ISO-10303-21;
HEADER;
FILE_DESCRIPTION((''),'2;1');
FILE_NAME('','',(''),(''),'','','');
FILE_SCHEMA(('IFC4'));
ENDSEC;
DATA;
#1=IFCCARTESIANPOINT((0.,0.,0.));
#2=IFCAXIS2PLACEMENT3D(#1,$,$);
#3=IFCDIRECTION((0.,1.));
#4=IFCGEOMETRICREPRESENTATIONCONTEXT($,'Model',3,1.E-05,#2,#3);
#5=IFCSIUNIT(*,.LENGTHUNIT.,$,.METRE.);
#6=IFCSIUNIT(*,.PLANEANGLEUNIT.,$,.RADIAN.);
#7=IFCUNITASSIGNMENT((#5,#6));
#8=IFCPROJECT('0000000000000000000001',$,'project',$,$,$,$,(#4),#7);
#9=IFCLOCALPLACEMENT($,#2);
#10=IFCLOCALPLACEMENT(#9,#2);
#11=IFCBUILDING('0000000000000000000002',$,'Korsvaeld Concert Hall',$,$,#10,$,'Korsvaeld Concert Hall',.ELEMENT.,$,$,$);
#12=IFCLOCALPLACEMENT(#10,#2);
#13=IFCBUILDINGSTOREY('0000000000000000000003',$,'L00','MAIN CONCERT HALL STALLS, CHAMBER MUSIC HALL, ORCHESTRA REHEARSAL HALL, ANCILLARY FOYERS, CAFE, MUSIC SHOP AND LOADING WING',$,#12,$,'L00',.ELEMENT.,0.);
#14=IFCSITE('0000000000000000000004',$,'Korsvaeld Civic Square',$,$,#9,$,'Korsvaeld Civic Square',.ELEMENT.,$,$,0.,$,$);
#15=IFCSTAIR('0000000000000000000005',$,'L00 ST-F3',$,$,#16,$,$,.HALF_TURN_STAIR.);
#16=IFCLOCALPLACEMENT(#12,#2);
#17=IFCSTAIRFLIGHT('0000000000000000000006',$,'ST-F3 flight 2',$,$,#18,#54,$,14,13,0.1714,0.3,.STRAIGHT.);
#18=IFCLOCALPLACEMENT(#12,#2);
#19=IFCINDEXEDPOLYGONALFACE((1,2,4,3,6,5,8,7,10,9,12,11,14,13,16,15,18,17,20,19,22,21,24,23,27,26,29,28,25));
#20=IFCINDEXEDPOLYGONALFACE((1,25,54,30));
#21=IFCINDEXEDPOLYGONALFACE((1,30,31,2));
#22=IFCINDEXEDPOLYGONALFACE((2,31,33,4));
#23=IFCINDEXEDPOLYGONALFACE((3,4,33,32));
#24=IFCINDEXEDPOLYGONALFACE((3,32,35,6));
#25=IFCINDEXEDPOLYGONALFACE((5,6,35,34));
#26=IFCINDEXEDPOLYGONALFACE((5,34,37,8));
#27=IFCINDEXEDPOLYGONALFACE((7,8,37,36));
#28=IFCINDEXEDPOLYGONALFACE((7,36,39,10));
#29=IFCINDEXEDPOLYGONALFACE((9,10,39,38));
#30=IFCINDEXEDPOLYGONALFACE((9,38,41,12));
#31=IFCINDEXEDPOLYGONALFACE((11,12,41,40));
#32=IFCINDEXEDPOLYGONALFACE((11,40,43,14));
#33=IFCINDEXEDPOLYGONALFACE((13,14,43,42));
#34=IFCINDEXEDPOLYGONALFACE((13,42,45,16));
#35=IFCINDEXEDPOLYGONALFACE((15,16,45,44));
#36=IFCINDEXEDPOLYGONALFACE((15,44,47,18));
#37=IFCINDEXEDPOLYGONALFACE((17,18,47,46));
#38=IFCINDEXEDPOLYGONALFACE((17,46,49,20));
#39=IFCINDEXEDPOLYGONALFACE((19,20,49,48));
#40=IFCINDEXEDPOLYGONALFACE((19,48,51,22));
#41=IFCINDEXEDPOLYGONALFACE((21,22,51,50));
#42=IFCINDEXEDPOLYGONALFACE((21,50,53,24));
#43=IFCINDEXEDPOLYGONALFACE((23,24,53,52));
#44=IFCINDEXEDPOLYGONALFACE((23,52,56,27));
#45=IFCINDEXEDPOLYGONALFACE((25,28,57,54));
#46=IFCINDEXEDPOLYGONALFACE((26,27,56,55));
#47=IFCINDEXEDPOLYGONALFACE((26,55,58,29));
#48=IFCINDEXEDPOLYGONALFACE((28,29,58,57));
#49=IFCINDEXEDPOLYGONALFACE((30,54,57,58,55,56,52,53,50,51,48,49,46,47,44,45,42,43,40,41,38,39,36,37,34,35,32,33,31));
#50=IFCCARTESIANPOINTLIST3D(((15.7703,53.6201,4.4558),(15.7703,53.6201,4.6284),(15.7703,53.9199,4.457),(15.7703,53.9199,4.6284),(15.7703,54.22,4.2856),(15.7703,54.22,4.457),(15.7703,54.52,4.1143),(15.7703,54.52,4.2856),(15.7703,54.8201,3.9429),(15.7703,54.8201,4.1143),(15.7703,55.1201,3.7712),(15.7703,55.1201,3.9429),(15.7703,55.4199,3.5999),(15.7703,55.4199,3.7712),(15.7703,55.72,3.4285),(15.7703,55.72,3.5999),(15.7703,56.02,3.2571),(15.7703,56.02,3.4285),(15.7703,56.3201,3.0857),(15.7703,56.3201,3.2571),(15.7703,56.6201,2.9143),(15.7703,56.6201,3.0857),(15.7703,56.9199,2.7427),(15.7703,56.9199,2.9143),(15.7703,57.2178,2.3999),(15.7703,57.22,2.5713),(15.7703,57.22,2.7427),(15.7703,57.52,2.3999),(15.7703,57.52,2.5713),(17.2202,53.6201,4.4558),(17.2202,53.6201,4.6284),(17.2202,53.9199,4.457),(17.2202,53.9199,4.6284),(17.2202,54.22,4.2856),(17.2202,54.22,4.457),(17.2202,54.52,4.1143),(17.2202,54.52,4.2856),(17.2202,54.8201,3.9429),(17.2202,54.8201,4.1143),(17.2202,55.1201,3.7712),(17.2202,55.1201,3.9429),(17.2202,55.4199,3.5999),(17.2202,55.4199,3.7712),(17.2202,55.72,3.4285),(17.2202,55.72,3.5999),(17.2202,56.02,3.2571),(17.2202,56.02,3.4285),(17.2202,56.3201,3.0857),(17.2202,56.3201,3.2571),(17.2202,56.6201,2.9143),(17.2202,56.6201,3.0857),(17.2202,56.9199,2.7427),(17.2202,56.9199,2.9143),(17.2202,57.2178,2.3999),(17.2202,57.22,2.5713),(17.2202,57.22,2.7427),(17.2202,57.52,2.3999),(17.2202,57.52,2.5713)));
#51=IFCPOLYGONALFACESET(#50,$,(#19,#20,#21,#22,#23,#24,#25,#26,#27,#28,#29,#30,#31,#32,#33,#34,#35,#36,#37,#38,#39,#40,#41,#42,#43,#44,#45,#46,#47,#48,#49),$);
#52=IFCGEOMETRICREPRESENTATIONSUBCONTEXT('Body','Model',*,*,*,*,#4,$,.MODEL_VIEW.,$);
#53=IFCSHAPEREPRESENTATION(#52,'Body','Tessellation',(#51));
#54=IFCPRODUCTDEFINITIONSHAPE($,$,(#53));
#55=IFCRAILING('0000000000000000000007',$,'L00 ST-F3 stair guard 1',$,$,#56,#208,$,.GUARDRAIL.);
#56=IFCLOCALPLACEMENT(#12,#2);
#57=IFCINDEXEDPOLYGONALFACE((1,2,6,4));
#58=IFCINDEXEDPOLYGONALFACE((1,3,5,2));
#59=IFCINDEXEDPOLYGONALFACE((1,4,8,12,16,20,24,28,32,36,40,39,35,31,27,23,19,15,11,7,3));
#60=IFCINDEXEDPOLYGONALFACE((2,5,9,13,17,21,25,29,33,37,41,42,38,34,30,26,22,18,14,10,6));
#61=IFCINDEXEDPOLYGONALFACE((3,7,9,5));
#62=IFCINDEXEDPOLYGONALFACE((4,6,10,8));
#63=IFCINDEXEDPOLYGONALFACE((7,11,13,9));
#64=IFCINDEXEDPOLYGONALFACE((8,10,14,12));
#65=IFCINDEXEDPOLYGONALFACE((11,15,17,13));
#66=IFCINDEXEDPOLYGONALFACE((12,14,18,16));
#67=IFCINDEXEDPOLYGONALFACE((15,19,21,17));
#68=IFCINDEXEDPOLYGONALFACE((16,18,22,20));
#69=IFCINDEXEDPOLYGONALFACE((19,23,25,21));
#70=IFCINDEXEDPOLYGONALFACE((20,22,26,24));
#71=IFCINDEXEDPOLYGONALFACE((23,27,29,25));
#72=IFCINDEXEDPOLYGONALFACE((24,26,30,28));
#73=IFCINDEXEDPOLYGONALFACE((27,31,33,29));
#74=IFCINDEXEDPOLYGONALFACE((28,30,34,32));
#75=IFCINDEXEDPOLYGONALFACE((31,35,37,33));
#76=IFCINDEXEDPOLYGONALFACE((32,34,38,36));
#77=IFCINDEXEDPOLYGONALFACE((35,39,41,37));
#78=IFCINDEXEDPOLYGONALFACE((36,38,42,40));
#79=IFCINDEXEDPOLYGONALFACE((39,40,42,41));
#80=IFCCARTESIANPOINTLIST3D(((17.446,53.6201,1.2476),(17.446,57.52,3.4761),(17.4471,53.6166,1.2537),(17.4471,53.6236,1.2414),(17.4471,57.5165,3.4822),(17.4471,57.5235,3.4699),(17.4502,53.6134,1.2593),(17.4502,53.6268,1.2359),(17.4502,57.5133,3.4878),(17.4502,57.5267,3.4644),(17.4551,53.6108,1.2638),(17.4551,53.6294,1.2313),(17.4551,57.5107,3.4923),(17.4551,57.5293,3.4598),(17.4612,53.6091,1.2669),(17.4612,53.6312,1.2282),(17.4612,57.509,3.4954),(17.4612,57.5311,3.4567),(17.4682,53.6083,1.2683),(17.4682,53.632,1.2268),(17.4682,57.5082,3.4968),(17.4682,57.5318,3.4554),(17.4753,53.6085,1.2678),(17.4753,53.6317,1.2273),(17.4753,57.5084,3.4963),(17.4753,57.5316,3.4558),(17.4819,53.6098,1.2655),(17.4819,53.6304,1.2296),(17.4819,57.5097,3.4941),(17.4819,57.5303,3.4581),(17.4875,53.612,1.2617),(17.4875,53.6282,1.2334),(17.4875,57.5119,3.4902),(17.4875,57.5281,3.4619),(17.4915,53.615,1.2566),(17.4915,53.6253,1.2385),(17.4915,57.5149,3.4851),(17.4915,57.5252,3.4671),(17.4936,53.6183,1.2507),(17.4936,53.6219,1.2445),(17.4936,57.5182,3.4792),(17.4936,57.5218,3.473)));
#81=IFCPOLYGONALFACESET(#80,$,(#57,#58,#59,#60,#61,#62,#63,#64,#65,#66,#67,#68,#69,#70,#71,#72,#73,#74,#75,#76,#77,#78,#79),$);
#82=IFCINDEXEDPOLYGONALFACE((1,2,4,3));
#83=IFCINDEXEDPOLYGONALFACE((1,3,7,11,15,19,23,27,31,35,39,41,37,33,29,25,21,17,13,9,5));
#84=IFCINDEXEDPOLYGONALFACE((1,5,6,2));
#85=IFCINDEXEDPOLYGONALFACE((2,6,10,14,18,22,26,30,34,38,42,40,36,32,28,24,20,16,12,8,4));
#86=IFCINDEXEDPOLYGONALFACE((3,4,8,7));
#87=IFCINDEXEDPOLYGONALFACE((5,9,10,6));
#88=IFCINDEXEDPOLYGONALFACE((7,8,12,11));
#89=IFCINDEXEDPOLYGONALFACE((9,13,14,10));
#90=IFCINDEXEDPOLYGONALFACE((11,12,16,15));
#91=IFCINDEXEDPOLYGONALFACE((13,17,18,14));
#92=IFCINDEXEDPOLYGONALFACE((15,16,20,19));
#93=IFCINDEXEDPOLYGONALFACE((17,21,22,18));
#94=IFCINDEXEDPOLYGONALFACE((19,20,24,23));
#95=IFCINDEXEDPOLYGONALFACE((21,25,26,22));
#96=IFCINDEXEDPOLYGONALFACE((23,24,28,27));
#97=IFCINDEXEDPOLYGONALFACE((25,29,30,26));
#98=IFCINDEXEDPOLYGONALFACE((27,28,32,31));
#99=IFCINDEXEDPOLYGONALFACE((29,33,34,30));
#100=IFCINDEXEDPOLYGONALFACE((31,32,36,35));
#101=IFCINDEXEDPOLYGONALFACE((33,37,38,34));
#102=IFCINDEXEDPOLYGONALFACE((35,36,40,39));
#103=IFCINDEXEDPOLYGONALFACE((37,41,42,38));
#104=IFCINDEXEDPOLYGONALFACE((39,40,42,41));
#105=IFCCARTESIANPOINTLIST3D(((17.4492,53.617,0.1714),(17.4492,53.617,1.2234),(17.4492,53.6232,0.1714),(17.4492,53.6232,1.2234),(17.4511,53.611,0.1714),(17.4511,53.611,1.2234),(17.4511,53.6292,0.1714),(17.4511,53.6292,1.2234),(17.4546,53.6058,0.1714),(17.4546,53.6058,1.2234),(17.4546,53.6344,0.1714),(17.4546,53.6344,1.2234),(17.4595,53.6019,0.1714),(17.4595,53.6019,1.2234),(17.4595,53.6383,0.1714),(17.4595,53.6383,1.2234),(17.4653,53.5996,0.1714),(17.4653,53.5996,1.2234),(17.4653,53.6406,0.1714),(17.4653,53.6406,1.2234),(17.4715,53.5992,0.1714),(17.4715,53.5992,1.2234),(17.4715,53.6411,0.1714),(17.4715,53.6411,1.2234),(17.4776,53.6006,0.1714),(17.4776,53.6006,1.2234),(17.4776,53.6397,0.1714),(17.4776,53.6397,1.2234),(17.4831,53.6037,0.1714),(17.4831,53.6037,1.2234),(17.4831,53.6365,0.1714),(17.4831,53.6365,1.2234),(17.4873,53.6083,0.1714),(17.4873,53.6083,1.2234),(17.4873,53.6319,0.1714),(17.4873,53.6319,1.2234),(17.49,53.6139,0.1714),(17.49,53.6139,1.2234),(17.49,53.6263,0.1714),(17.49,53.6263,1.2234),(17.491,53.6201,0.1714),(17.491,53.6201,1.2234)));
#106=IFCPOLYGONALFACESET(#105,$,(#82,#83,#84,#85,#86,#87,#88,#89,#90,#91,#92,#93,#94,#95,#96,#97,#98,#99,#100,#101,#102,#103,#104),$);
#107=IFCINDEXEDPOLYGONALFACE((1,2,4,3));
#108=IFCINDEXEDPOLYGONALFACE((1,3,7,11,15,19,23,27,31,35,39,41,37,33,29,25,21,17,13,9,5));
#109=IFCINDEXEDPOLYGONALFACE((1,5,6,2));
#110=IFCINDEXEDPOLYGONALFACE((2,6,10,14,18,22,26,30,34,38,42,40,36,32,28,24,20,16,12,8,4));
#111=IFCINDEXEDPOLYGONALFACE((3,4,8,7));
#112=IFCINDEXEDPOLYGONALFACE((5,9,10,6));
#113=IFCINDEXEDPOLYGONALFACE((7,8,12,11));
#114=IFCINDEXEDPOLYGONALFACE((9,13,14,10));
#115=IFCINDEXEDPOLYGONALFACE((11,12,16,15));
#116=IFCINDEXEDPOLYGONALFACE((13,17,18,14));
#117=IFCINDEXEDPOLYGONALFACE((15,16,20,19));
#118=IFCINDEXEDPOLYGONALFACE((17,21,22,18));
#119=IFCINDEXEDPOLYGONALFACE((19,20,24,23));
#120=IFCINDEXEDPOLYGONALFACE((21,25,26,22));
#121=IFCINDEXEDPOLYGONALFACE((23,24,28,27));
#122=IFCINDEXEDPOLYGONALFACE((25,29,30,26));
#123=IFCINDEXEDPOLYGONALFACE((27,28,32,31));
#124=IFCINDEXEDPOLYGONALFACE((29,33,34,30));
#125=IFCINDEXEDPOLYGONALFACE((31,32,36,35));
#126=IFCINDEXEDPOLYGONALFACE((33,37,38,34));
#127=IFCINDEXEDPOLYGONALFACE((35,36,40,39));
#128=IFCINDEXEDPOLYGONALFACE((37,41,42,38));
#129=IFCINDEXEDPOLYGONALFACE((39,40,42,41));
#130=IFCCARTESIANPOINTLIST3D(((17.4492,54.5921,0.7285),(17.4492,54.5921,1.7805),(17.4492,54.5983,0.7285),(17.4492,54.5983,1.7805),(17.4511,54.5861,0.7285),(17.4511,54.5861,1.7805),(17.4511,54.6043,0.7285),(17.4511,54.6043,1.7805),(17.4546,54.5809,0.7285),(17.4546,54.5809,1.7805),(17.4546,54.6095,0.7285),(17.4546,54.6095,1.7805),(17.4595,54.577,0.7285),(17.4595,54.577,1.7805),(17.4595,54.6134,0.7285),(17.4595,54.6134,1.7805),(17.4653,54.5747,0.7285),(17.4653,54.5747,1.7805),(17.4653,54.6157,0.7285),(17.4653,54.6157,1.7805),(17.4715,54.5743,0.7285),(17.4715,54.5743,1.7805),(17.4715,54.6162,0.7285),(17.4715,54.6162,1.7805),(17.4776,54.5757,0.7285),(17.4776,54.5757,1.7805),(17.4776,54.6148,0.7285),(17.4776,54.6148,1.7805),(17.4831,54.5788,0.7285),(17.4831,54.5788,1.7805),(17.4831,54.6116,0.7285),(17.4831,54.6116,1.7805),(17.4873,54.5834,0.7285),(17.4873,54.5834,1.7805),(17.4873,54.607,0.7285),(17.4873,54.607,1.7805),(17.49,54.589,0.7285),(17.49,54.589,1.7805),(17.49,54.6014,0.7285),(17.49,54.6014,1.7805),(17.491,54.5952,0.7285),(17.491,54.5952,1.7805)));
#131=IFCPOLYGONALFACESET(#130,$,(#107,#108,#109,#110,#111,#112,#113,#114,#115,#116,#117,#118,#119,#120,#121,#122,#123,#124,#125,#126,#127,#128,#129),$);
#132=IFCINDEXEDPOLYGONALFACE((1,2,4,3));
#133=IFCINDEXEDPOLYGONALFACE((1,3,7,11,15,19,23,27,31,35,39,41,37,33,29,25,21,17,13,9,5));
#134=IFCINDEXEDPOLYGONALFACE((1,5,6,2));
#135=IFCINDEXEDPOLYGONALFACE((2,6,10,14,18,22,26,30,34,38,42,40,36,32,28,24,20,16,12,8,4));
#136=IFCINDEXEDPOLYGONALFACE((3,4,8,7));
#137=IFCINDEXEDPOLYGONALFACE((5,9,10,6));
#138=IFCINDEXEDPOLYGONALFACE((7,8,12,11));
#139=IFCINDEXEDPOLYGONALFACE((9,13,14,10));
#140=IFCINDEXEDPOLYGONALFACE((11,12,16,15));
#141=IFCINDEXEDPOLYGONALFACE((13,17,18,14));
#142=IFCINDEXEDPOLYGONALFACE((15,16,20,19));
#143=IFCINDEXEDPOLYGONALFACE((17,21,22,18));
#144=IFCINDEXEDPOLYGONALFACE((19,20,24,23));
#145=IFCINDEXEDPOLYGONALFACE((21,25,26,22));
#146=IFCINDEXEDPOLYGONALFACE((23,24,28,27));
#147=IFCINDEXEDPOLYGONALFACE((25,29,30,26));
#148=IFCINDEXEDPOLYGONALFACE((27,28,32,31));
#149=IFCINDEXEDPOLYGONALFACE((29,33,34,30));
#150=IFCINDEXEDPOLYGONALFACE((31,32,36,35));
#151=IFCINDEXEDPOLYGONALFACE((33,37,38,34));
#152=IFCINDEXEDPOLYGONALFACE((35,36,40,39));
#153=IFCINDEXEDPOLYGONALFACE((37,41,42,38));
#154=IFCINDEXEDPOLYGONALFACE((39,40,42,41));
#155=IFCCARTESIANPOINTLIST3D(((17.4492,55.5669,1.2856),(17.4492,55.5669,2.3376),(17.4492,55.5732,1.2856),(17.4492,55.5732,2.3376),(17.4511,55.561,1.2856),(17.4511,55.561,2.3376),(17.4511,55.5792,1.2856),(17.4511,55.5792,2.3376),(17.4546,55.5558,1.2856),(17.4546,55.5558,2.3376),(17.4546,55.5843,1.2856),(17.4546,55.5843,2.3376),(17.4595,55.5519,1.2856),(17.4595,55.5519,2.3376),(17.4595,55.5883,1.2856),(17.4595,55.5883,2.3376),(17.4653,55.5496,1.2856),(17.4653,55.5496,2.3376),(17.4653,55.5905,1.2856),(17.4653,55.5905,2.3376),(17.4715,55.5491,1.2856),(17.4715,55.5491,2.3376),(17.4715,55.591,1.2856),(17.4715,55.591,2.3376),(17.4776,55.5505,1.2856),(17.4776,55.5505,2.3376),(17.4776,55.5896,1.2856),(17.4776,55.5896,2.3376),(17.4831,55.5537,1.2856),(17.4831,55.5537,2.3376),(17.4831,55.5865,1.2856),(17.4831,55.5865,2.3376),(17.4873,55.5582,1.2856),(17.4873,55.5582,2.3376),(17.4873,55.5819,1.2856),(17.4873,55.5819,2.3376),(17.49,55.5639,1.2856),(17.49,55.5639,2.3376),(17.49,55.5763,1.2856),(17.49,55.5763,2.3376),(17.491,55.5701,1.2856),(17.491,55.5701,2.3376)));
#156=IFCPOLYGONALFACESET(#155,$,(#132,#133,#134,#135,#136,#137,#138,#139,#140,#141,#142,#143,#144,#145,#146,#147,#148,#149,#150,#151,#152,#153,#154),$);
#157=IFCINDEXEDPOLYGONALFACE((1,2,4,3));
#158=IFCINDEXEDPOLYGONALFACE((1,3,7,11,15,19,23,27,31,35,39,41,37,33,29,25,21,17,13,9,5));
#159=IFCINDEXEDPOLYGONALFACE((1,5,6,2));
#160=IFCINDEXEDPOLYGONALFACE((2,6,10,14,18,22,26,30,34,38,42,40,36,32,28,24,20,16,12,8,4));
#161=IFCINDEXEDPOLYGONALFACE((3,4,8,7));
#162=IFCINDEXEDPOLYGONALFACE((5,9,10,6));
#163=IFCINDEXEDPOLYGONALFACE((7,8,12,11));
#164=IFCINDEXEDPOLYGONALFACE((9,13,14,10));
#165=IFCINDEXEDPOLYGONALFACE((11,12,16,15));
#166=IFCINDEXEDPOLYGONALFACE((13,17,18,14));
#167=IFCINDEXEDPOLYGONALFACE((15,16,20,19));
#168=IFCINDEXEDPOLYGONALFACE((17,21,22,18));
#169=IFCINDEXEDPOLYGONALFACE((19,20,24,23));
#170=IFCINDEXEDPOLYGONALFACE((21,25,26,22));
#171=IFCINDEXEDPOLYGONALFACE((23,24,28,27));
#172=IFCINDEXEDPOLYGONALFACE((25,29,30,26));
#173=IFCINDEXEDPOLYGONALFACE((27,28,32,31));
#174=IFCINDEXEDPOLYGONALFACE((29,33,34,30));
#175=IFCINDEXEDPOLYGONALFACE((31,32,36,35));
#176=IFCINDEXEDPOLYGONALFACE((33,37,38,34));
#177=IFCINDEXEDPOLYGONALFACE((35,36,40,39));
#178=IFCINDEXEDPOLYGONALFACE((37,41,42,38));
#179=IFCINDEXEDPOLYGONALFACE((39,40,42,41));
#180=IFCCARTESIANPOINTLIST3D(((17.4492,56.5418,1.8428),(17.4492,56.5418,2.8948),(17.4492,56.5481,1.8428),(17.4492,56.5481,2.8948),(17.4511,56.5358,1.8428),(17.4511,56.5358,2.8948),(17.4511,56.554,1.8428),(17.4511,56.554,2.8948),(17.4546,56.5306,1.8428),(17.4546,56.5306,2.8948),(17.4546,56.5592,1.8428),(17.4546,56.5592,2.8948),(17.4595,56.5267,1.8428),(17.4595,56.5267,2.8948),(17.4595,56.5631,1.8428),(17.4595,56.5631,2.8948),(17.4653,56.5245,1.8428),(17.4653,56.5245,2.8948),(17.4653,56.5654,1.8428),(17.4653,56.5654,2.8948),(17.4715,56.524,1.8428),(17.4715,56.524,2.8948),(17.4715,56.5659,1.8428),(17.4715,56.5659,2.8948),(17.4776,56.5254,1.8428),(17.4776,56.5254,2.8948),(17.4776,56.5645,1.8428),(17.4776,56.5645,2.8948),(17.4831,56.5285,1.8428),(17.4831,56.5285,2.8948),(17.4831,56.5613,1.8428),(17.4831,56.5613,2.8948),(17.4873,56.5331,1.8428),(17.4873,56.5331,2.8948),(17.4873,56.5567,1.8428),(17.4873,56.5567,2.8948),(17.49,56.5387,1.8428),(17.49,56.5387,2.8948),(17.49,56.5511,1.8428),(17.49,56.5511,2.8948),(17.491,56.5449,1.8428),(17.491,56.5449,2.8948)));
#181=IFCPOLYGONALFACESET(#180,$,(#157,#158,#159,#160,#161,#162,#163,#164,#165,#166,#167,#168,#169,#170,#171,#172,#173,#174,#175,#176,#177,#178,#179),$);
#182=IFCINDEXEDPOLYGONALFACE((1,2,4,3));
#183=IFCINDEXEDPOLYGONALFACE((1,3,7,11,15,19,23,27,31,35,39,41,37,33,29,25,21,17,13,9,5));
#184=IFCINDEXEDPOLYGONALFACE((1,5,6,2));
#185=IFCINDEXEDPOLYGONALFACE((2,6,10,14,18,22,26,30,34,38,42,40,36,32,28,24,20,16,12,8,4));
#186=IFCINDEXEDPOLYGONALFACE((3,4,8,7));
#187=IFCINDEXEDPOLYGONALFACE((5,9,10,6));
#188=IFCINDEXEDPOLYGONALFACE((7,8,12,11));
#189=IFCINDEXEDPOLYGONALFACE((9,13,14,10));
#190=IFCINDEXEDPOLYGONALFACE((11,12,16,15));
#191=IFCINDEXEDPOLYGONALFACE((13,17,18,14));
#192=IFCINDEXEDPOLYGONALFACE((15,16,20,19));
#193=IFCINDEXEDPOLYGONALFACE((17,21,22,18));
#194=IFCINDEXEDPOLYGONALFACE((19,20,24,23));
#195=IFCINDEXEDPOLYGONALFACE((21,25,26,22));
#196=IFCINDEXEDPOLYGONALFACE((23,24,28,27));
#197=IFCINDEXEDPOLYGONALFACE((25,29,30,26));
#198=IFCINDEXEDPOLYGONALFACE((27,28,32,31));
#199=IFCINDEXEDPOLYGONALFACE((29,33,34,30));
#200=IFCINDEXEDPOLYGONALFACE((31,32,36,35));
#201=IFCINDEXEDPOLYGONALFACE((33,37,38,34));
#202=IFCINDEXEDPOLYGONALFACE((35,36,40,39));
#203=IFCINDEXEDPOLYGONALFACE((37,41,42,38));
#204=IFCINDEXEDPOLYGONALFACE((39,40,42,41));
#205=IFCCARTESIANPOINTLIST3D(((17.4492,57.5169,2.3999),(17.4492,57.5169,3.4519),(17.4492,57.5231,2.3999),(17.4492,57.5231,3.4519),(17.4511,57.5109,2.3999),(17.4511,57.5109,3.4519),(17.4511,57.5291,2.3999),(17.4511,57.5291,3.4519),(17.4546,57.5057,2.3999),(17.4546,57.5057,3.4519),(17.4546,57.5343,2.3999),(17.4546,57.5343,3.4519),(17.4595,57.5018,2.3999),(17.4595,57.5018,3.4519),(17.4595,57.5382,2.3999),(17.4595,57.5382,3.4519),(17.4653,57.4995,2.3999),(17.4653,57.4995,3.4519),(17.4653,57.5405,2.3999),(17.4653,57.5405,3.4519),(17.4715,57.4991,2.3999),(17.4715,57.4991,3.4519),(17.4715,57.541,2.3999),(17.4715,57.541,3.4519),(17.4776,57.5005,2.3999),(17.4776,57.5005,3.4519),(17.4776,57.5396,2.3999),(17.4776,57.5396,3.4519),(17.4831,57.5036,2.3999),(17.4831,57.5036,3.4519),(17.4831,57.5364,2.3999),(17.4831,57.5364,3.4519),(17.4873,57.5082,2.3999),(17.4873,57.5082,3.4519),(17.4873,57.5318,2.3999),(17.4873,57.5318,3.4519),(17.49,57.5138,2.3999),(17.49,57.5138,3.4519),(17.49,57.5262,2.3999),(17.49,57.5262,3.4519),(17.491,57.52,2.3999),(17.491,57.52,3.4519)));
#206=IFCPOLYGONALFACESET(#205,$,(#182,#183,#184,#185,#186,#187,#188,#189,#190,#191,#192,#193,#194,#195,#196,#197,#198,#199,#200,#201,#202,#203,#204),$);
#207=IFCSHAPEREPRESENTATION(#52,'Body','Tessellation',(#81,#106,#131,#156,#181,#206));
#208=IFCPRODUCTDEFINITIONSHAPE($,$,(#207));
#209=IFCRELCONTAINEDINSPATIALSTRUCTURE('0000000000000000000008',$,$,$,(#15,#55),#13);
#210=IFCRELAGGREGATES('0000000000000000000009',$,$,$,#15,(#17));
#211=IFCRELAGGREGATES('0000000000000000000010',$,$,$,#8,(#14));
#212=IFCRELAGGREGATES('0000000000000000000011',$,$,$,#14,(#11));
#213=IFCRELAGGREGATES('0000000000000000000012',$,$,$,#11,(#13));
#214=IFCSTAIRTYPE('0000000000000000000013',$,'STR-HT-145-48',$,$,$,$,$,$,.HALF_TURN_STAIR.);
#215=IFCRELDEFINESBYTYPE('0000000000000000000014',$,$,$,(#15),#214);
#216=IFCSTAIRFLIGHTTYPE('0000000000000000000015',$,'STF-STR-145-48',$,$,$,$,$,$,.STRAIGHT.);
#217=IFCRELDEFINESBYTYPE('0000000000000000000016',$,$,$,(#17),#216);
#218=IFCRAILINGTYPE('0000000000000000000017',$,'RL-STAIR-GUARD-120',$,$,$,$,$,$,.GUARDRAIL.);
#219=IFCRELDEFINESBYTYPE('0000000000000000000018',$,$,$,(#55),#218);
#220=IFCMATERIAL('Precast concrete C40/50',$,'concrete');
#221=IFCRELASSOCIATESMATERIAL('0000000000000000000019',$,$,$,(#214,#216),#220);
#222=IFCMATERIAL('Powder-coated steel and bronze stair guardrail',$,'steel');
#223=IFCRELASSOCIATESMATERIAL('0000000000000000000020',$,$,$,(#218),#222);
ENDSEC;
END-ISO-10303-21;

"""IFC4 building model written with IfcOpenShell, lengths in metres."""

from ifc_helpers import new_model, si_unit, direction, frame, origin, origin_2d, place, context, subcontext, project, spatial, polyline, circle, outline, extrude, material, type_object, element, aggregate, save


model = new_model("IFC4")

# Units and contexts
model_context = context("Model", 3, precision=1e-05, world=origin(), true_north=direction((0.0, 1.0)))
body_context = subcontext(model_context, "Body", "Model", "MODEL_VIEW")
ifc_project = project(units=[si_unit("LENGTHUNIT", "METRE"), si_unit("PLANEANGLEUNIT", "RADIAN")], contexts=[model_context])

# Site, building, storey
site_placement = place(None, origin())
site = spatial("IfcSite", under=ifc_project, at=site_placement, Name="Korsvaeld Civic Square", LongName="Korsvaeld Civic Square", CompositionType="ELEMENT", RefElevation=0.0)
building_placement = place(site_placement, origin())
building = spatial("IfcBuilding", under=site, at=building_placement, Name="Korsvaeld Concert Hall", LongName="Korsvaeld Concert Hall", CompositionType="ELEMENT")
storey_placement = place(building_placement, origin())
storey = spatial("IfcBuildingStorey", under=building, at=storey_placement, Name="L00", Description="MAIN CONCERT HALL STALLS, CHAMBER MUSIC HALL, ORCHESTRA REHEARSAL HALL, ANCILLARY FOYERS, CAFE, MUSIC SHOP AND LOADING WING", LongName="L00", CompositionType="ELEMENT", Elevation=0.0)

# Stair, stair flight
ifc_material_1 = material(Name="Precast concrete C40/50", Category="concrete")
stair_type = type_object("IfcStairType", Name="STR-HT-145-48", PredefinedType="HALF_TURN_STAIR", material=ifc_material_1)
stair_placement = place(storey_placement, origin())
stair = element("IfcStair", 1, at=stair_placement, inside=storey, type_object=stair_type, Name="L00 ST-F3", PredefinedType="HALF_TURN_STAIR")
stair_flight_type = type_object("IfcStairFlightType", Name="STF-STR-145-48", PredefinedType="STRAIGHT", material=ifc_material_1)
stair_flight_placement = place(storey_placement, frame((16.4951, 57.52, 2.3999), z_axis=(0.0, 0.0, 1.0), x_axis=(0.0, -1.0, 0.0)))
stair_flight = element("IfcStairFlight", 2, at=stair_flight_placement, type_object=stair_flight_type, Name="ST-F3 flight 2", NumberOfRisers=14, NumberOfTreads=13, PredefinedType="STRAIGHT", RiserHeight=0.1714, TreadLength=0.3, context=body_context, shape_type="SweptSolid", body=[
    extrude(outline(polyline([(0.0, 0.0), (0.0, 0.1714), (0.3, 0.1714), (0.3, 0.3428), (0.6001, 0.3428), (0.6001, 0.5144), (0.8999, 0.5144), (0.8999, 0.6858), (1.2, 0.6858), (1.2, 0.8572), (1.5, 0.8572), (1.5, 1.0286), (1.8, 1.0286), (1.8, 1.2), (2.1001, 1.2), (2.1001, 1.3713), (2.3999, 1.3713), (2.3999, 1.543), (2.7, 1.543), (2.7, 1.7144), (3.0, 1.7144), (3.0, 1.8857), (3.3, 1.8857), (3.3, 2.0571), (3.6001, 2.0571), (3.6001, 2.2285), (3.8999, 2.2285), (3.8999, 2.3999), (3.8999, 2.0559), (0.3022, 0.0), (0.0, 0.0)])), frame((0.0, 0.7251, 0.0), z_axis=(0.0, -1.0, 0.0), x_axis=(1.0, 0.0, 0.0)), (0.0, 0.0, 1.0), 1.45),
])
aggregate(stair, [stair_flight])

# Railing
ifc_material_2 = material(Name="Powder-coated steel and bronze stair guardrail", Category="steel")
railing_type_1 = type_object("IfcRailingType", Name="RL-STAIR-GUARD-120", PredefinedType="GUARDRAIL", material=ifc_material_2)
railing_1_placement = place(storey_placement, frame((17.47, 53.6201, 0.1714)))
element("IfcRailing", 3, at=railing_1_placement, inside=storey, type_object=railing_type_1, Name="L00 ST-F3 stair guard 1", PredefinedType="GUARDRAIL", context=body_context, shape_type="SweptSolid", body=[
    extrude(circle(Radius=0.0239, at=origin_2d()), frame((0.0, 0.0, 1.0762), z_axis=(0.0, 0.868243, 0.496139), x_axis=(-1.0, 0.0, 0.0)), (0.0, 0.0, 1.0), 4.4917),
    extrude(circle(Radius=0.021, at=origin_2d()), origin(), (0.0, 0.0, 1.0), 1.052),
    extrude(circle(Radius=0.021, at=origin_2d()), frame((0.0, 0.9751, 0.5571)), (0.0, 0.0, 1.0), 1.052),
    extrude(circle(Radius=0.021, at=origin_2d()), frame((0.0, 1.95, 1.1143)), (0.0, 0.0, 1.0), 1.052),
    extrude(circle(Radius=0.021, at=origin_2d()), frame((0.0, 2.9248, 1.6714)), (0.0, 0.0, 1.0), 1.052),
    extrude(circle(Radius=0.021, at=origin_2d()), frame((0.0, 3.8999, 2.2285)), (0.0, 0.0, 1.0), 1.052),
])

save(model, "model.ifc")
